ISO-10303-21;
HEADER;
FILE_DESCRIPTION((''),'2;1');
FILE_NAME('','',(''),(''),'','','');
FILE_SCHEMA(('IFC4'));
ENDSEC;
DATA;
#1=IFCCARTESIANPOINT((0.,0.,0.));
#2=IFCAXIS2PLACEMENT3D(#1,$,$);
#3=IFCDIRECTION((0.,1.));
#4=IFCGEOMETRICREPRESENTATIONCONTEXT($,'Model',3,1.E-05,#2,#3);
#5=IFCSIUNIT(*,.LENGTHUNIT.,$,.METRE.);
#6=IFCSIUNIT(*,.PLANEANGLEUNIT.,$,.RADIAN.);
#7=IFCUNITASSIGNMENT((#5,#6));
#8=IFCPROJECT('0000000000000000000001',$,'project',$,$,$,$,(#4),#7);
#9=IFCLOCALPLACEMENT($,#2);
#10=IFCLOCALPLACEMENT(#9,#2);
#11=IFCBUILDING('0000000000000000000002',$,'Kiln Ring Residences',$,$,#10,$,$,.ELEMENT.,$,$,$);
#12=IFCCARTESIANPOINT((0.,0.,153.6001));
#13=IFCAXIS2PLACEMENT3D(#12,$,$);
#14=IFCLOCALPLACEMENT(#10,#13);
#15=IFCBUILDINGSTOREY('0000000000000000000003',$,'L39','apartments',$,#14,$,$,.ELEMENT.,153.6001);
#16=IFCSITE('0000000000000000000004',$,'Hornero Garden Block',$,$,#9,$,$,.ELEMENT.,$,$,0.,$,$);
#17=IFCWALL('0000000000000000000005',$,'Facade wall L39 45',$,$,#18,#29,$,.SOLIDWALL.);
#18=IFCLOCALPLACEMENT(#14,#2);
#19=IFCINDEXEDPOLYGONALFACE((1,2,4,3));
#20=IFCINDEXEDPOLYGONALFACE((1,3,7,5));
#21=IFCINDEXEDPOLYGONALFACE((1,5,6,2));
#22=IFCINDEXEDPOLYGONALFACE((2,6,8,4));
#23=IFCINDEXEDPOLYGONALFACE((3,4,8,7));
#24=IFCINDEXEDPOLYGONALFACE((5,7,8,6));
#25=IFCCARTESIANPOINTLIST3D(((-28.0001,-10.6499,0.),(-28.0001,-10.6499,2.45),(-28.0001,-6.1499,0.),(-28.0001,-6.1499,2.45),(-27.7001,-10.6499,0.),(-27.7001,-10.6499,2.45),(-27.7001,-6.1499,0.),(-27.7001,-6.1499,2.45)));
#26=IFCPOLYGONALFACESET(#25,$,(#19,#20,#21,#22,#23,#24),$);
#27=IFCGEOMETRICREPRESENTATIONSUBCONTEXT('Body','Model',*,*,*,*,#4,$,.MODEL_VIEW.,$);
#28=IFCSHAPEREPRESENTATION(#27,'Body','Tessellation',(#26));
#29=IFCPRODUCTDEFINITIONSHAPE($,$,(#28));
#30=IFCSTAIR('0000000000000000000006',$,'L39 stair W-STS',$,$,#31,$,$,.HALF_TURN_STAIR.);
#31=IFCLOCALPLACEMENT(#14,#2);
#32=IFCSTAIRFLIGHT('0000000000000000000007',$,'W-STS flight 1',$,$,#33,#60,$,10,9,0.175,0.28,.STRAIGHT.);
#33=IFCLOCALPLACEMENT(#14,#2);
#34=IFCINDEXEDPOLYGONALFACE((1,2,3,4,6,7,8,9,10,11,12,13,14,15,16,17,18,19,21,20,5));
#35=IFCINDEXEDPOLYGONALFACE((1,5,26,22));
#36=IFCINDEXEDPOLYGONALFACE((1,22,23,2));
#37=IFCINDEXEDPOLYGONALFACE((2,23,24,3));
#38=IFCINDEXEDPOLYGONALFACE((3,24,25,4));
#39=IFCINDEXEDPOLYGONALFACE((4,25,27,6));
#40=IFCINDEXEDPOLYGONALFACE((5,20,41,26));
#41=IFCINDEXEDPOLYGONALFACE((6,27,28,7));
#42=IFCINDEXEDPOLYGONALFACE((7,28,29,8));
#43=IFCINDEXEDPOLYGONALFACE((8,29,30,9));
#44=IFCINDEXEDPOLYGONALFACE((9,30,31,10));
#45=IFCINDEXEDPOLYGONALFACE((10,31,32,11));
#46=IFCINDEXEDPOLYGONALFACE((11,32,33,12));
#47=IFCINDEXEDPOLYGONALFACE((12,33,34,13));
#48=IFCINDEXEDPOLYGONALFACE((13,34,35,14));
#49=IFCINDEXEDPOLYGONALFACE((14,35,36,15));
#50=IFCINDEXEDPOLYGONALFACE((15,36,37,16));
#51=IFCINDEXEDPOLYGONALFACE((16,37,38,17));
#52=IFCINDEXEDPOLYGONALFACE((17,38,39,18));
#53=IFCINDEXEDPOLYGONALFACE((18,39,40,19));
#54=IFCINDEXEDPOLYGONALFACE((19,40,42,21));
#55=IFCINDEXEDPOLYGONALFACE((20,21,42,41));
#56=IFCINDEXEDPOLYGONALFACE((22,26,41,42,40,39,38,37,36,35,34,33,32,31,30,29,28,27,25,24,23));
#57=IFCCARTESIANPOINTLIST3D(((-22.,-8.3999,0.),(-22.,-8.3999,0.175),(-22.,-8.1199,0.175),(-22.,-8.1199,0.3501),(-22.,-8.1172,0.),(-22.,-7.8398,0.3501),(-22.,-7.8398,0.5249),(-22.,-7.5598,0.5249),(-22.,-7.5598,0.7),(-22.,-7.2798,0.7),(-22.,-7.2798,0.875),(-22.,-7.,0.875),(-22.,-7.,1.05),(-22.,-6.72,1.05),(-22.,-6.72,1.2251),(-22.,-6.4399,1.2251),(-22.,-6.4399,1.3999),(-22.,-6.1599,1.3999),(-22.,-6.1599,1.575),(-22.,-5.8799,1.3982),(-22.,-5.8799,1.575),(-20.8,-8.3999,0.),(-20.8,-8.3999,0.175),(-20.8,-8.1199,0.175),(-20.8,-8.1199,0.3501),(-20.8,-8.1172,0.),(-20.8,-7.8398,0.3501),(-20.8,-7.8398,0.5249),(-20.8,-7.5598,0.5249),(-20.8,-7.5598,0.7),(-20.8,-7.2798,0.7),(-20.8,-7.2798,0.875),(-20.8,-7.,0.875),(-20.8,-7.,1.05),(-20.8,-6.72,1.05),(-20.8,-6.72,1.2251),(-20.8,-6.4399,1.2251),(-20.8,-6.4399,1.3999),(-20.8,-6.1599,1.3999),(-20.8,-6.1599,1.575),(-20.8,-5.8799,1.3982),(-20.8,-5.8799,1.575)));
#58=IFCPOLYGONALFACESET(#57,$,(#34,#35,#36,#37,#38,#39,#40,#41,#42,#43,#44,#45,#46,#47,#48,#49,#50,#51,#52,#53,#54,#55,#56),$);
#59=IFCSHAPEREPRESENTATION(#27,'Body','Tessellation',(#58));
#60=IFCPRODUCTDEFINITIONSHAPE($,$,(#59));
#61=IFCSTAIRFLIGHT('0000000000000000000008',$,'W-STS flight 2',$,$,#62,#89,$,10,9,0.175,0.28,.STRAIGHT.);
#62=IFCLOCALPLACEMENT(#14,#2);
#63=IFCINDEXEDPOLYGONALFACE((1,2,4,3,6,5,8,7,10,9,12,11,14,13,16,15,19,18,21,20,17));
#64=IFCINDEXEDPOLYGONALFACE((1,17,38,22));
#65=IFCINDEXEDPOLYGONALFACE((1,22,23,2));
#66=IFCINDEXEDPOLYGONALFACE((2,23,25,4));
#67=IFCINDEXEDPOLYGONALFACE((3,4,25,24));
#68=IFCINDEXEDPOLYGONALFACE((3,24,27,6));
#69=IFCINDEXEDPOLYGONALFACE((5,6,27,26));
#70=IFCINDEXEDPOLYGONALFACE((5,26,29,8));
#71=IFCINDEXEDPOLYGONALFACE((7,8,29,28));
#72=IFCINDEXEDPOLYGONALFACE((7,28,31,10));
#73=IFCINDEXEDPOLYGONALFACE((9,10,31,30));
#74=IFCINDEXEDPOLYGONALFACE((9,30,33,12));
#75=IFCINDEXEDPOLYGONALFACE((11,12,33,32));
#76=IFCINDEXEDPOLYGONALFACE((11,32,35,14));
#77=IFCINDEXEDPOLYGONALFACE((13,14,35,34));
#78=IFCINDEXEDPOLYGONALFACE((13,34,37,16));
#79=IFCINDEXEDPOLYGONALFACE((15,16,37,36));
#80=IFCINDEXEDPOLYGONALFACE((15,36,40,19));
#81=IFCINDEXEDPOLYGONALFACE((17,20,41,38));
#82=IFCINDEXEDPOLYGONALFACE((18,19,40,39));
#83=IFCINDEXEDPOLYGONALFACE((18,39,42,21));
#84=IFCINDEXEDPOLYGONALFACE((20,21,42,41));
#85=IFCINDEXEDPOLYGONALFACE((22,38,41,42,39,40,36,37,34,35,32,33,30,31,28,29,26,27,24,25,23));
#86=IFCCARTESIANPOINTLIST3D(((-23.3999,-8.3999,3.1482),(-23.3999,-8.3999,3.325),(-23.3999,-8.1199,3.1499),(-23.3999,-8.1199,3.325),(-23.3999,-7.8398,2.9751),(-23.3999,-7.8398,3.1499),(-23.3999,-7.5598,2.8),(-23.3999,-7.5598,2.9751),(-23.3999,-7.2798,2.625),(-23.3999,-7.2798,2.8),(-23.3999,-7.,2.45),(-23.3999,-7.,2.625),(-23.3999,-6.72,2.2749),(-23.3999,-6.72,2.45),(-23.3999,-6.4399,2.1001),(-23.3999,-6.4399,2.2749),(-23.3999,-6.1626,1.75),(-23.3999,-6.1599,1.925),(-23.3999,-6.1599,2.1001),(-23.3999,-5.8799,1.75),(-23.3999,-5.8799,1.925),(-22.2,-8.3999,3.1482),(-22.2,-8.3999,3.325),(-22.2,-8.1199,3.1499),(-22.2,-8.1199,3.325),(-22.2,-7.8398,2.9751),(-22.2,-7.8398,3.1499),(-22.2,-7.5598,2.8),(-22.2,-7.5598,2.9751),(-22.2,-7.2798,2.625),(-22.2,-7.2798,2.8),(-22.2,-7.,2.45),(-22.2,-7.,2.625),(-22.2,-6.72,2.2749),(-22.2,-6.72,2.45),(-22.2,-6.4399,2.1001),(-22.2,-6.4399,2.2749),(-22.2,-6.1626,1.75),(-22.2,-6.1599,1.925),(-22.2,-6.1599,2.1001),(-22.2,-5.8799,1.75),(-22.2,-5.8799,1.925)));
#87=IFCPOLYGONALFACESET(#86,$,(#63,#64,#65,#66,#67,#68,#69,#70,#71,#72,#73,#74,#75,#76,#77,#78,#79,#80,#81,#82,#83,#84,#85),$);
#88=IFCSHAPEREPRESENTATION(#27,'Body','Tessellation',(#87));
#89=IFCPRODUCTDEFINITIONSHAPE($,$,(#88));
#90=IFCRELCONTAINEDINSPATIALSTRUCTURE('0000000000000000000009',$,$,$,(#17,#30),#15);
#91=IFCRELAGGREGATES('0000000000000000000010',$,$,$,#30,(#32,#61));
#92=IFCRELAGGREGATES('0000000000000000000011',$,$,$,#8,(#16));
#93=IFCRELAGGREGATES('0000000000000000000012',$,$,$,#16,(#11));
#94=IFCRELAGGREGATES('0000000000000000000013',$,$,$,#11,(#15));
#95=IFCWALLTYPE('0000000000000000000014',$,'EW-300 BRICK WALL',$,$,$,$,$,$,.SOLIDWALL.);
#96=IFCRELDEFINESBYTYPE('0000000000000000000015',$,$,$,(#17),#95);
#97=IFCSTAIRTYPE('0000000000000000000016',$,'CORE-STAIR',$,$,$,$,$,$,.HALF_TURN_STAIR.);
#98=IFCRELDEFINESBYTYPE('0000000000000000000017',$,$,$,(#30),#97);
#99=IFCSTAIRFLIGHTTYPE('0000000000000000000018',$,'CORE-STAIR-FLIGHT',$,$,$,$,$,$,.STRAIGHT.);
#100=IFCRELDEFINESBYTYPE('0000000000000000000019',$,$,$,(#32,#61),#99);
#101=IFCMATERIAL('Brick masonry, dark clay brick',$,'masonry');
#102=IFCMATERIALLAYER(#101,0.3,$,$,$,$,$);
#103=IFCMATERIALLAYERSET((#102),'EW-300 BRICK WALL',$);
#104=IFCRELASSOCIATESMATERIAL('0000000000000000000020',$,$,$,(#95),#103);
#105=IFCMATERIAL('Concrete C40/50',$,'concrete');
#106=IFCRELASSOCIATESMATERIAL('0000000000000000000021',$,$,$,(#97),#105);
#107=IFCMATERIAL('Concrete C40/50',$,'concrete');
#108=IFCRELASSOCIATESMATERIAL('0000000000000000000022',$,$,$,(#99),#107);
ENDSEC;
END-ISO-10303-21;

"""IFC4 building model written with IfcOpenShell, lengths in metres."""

from ifc_helpers import new_model, si_unit, direction, frame, frame_2d, origin, place, context, subcontext, project, spatial, polyline, rectangle, outline, extrude, material, layer, layer_set, type_object, element, aggregate, save


model = new_model("IFC4")

# Units and contexts
model_context = context("Model", 3, precision=1e-05, world=origin(), true_north=direction((0.0, 1.0)))
body_context = subcontext(model_context, "Body", "Model", "MODEL_VIEW")
ifc_project = project(units=[si_unit("LENGTHUNIT", "METRE"), si_unit("PLANEANGLEUNIT", "RADIAN")], contexts=[model_context])

# Site, building, storey
site_placement = place(None, origin())
site = spatial("IfcSite", under=ifc_project, at=site_placement, Name="Hornero Garden Block", CompositionType="ELEMENT", RefElevation=0.0)
building_placement = place(site_placement, origin())
building = spatial("IfcBuilding", under=site, at=building_placement, Name="Kiln Ring Residences", CompositionType="ELEMENT")
storey_placement = place(building_placement, frame((0.0, 0.0, 153.6001)))
storey = spatial("IfcBuildingStorey", under=building, at=storey_placement, Name="L39", Description="apartments", CompositionType="ELEMENT", Elevation=153.6001)

# Wall
ifc_material_1 = material(Name="Brick masonry, dark clay brick", Category="masonry")
ifc_layer_1 = layer(ifc_material_1, 0.3)
ifc_layer_set_1 = layer_set([ifc_layer_1], Name="EW-300 BRICK WALL")
wall_type_1 = type_object("IfcWallType", Name="EW-300 BRICK WALL", PredefinedType="SOLIDWALL", material=ifc_layer_set_1)
for number, where, z_axis, x_axis, name in (
    (1, (-27.8501, -6.1499, 0.0), (0.0, 0.0, 1.0), (0.0, -1.0, 0.0), "Facade wall L39 45"),
):
    element("IfcWall", number, at=place(storey_placement, frame(where, z_axis=z_axis, x_axis=x_axis)), inside=storey, type_object=wall_type_1, Name=name, PredefinedType="SOLIDWALL", context=body_context, shape_type="SweptSolid", body=[
        extrude(rectangle(XDim=4.5, YDim=0.3, at=frame_2d((2.25, 0.0))), origin(), (0.0, 0.0, 1.0), 2.45),
    ])

# Stair, stair flights
ifc_material_2 = material(Name="Concrete C40/50", Category="concrete")
stair_type = type_object("IfcStairType", Name="CORE-STAIR", PredefinedType="HALF_TURN_STAIR", material=ifc_material_2)
stair_placement = place(storey_placement, origin())
stair = element("IfcStair", 2, at=stair_placement, inside=storey, type_object=stair_type, Name="L39 stair W-STS", PredefinedType="HALF_TURN_STAIR")
ifc_material_3 = material(Name="Concrete C40/50", Category="concrete")
stair_flight_type = type_object("IfcStairFlightType", Name="CORE-STAIR-FLIGHT", PredefinedType="STRAIGHT", material=ifc_material_3)
stair_flight_1_placement = place(storey_placement, frame((-21.3999, -8.3999, 0.0), z_axis=(0.0, 0.0, 1.0), x_axis=(0.0, 1.0, 0.0)))
stair_flight_1 = element("IfcStairFlight", 3, at=stair_flight_1_placement, type_object=stair_flight_type, Name="W-STS flight 1", NumberOfRisers=10, NumberOfTreads=9, PredefinedType="STRAIGHT", RiserHeight=0.175, TreadLength=0.28, context=body_context, shape_type="SweptSolid", body=[
    extrude(outline(polyline([(0.0, 0.0), (0.0, 0.175), (0.28, 0.175), (0.28, 0.3501), (0.5601, 0.3501), (0.5601, 0.5249), (0.8401, 0.5249), (0.8401, 0.7), (1.1201, 0.7), (1.1201, 0.875), (1.3999, 0.875), (1.3999, 1.05), (1.6799, 1.05), (1.6799, 1.2251), (1.96, 1.2251), (1.96, 1.3999), (2.24, 1.3999), (2.24, 1.575), (2.52, 1.575), (2.52, 1.75), (2.52, 1.3982), (0.2827, 0.0), (0.0, 0.0)])), frame((0.0, 0.6001, 0.0), z_axis=(0.0, -1.0, 0.0), x_axis=(1.0, 0.0, 0.0)), (0.0, 0.0, 1.0), 1.2),
])
stair_flight_2_placement = place(storey_placement, frame((-22.8, -5.8799, 1.75), z_axis=(0.0, 0.0, 1.0), x_axis=(0.0, -1.0, 0.0)))
stair_flight_2 = element("IfcStairFlight", 4, at=stair_flight_2_placement, type_object=stair_flight_type, Name="W-STS flight 2", NumberOfRisers=10, NumberOfTreads=9, PredefinedType="STRAIGHT", RiserHeight=0.175, TreadLength=0.28, context=body_context, shape_type="SweptSolid", body=[
    extrude(outline(polyline([(0.0, 0.0), (0.0, 0.175), (0.28, 0.175), (0.28, 0.3501), (0.5601, 0.3501), (0.5601, 0.5249), (0.8401, 0.5249), (0.8401, 0.7), (1.1201, 0.7), (1.1201, 0.875), (1.3999, 0.875), (1.3999, 1.05), (1.6799, 1.05), (1.6799, 1.2251), (1.96, 1.2251), (1.96, 1.3999), (2.24, 1.3999), (2.24, 1.575), (2.52, 1.575), (2.52, 1.75), (2.52, 1.3982), (0.2827, 0.0), (0.0, 0.0)])), frame((0.0, 0.6001, 0.0), z_axis=(0.0, -1.0, 0.0), x_axis=(1.0, 0.0, 0.0)), (0.0, 0.0, 1.0), 1.2),
])
aggregate(stair, [stair_flight_1, stair_flight_2])

save(model, "model.ifc")
